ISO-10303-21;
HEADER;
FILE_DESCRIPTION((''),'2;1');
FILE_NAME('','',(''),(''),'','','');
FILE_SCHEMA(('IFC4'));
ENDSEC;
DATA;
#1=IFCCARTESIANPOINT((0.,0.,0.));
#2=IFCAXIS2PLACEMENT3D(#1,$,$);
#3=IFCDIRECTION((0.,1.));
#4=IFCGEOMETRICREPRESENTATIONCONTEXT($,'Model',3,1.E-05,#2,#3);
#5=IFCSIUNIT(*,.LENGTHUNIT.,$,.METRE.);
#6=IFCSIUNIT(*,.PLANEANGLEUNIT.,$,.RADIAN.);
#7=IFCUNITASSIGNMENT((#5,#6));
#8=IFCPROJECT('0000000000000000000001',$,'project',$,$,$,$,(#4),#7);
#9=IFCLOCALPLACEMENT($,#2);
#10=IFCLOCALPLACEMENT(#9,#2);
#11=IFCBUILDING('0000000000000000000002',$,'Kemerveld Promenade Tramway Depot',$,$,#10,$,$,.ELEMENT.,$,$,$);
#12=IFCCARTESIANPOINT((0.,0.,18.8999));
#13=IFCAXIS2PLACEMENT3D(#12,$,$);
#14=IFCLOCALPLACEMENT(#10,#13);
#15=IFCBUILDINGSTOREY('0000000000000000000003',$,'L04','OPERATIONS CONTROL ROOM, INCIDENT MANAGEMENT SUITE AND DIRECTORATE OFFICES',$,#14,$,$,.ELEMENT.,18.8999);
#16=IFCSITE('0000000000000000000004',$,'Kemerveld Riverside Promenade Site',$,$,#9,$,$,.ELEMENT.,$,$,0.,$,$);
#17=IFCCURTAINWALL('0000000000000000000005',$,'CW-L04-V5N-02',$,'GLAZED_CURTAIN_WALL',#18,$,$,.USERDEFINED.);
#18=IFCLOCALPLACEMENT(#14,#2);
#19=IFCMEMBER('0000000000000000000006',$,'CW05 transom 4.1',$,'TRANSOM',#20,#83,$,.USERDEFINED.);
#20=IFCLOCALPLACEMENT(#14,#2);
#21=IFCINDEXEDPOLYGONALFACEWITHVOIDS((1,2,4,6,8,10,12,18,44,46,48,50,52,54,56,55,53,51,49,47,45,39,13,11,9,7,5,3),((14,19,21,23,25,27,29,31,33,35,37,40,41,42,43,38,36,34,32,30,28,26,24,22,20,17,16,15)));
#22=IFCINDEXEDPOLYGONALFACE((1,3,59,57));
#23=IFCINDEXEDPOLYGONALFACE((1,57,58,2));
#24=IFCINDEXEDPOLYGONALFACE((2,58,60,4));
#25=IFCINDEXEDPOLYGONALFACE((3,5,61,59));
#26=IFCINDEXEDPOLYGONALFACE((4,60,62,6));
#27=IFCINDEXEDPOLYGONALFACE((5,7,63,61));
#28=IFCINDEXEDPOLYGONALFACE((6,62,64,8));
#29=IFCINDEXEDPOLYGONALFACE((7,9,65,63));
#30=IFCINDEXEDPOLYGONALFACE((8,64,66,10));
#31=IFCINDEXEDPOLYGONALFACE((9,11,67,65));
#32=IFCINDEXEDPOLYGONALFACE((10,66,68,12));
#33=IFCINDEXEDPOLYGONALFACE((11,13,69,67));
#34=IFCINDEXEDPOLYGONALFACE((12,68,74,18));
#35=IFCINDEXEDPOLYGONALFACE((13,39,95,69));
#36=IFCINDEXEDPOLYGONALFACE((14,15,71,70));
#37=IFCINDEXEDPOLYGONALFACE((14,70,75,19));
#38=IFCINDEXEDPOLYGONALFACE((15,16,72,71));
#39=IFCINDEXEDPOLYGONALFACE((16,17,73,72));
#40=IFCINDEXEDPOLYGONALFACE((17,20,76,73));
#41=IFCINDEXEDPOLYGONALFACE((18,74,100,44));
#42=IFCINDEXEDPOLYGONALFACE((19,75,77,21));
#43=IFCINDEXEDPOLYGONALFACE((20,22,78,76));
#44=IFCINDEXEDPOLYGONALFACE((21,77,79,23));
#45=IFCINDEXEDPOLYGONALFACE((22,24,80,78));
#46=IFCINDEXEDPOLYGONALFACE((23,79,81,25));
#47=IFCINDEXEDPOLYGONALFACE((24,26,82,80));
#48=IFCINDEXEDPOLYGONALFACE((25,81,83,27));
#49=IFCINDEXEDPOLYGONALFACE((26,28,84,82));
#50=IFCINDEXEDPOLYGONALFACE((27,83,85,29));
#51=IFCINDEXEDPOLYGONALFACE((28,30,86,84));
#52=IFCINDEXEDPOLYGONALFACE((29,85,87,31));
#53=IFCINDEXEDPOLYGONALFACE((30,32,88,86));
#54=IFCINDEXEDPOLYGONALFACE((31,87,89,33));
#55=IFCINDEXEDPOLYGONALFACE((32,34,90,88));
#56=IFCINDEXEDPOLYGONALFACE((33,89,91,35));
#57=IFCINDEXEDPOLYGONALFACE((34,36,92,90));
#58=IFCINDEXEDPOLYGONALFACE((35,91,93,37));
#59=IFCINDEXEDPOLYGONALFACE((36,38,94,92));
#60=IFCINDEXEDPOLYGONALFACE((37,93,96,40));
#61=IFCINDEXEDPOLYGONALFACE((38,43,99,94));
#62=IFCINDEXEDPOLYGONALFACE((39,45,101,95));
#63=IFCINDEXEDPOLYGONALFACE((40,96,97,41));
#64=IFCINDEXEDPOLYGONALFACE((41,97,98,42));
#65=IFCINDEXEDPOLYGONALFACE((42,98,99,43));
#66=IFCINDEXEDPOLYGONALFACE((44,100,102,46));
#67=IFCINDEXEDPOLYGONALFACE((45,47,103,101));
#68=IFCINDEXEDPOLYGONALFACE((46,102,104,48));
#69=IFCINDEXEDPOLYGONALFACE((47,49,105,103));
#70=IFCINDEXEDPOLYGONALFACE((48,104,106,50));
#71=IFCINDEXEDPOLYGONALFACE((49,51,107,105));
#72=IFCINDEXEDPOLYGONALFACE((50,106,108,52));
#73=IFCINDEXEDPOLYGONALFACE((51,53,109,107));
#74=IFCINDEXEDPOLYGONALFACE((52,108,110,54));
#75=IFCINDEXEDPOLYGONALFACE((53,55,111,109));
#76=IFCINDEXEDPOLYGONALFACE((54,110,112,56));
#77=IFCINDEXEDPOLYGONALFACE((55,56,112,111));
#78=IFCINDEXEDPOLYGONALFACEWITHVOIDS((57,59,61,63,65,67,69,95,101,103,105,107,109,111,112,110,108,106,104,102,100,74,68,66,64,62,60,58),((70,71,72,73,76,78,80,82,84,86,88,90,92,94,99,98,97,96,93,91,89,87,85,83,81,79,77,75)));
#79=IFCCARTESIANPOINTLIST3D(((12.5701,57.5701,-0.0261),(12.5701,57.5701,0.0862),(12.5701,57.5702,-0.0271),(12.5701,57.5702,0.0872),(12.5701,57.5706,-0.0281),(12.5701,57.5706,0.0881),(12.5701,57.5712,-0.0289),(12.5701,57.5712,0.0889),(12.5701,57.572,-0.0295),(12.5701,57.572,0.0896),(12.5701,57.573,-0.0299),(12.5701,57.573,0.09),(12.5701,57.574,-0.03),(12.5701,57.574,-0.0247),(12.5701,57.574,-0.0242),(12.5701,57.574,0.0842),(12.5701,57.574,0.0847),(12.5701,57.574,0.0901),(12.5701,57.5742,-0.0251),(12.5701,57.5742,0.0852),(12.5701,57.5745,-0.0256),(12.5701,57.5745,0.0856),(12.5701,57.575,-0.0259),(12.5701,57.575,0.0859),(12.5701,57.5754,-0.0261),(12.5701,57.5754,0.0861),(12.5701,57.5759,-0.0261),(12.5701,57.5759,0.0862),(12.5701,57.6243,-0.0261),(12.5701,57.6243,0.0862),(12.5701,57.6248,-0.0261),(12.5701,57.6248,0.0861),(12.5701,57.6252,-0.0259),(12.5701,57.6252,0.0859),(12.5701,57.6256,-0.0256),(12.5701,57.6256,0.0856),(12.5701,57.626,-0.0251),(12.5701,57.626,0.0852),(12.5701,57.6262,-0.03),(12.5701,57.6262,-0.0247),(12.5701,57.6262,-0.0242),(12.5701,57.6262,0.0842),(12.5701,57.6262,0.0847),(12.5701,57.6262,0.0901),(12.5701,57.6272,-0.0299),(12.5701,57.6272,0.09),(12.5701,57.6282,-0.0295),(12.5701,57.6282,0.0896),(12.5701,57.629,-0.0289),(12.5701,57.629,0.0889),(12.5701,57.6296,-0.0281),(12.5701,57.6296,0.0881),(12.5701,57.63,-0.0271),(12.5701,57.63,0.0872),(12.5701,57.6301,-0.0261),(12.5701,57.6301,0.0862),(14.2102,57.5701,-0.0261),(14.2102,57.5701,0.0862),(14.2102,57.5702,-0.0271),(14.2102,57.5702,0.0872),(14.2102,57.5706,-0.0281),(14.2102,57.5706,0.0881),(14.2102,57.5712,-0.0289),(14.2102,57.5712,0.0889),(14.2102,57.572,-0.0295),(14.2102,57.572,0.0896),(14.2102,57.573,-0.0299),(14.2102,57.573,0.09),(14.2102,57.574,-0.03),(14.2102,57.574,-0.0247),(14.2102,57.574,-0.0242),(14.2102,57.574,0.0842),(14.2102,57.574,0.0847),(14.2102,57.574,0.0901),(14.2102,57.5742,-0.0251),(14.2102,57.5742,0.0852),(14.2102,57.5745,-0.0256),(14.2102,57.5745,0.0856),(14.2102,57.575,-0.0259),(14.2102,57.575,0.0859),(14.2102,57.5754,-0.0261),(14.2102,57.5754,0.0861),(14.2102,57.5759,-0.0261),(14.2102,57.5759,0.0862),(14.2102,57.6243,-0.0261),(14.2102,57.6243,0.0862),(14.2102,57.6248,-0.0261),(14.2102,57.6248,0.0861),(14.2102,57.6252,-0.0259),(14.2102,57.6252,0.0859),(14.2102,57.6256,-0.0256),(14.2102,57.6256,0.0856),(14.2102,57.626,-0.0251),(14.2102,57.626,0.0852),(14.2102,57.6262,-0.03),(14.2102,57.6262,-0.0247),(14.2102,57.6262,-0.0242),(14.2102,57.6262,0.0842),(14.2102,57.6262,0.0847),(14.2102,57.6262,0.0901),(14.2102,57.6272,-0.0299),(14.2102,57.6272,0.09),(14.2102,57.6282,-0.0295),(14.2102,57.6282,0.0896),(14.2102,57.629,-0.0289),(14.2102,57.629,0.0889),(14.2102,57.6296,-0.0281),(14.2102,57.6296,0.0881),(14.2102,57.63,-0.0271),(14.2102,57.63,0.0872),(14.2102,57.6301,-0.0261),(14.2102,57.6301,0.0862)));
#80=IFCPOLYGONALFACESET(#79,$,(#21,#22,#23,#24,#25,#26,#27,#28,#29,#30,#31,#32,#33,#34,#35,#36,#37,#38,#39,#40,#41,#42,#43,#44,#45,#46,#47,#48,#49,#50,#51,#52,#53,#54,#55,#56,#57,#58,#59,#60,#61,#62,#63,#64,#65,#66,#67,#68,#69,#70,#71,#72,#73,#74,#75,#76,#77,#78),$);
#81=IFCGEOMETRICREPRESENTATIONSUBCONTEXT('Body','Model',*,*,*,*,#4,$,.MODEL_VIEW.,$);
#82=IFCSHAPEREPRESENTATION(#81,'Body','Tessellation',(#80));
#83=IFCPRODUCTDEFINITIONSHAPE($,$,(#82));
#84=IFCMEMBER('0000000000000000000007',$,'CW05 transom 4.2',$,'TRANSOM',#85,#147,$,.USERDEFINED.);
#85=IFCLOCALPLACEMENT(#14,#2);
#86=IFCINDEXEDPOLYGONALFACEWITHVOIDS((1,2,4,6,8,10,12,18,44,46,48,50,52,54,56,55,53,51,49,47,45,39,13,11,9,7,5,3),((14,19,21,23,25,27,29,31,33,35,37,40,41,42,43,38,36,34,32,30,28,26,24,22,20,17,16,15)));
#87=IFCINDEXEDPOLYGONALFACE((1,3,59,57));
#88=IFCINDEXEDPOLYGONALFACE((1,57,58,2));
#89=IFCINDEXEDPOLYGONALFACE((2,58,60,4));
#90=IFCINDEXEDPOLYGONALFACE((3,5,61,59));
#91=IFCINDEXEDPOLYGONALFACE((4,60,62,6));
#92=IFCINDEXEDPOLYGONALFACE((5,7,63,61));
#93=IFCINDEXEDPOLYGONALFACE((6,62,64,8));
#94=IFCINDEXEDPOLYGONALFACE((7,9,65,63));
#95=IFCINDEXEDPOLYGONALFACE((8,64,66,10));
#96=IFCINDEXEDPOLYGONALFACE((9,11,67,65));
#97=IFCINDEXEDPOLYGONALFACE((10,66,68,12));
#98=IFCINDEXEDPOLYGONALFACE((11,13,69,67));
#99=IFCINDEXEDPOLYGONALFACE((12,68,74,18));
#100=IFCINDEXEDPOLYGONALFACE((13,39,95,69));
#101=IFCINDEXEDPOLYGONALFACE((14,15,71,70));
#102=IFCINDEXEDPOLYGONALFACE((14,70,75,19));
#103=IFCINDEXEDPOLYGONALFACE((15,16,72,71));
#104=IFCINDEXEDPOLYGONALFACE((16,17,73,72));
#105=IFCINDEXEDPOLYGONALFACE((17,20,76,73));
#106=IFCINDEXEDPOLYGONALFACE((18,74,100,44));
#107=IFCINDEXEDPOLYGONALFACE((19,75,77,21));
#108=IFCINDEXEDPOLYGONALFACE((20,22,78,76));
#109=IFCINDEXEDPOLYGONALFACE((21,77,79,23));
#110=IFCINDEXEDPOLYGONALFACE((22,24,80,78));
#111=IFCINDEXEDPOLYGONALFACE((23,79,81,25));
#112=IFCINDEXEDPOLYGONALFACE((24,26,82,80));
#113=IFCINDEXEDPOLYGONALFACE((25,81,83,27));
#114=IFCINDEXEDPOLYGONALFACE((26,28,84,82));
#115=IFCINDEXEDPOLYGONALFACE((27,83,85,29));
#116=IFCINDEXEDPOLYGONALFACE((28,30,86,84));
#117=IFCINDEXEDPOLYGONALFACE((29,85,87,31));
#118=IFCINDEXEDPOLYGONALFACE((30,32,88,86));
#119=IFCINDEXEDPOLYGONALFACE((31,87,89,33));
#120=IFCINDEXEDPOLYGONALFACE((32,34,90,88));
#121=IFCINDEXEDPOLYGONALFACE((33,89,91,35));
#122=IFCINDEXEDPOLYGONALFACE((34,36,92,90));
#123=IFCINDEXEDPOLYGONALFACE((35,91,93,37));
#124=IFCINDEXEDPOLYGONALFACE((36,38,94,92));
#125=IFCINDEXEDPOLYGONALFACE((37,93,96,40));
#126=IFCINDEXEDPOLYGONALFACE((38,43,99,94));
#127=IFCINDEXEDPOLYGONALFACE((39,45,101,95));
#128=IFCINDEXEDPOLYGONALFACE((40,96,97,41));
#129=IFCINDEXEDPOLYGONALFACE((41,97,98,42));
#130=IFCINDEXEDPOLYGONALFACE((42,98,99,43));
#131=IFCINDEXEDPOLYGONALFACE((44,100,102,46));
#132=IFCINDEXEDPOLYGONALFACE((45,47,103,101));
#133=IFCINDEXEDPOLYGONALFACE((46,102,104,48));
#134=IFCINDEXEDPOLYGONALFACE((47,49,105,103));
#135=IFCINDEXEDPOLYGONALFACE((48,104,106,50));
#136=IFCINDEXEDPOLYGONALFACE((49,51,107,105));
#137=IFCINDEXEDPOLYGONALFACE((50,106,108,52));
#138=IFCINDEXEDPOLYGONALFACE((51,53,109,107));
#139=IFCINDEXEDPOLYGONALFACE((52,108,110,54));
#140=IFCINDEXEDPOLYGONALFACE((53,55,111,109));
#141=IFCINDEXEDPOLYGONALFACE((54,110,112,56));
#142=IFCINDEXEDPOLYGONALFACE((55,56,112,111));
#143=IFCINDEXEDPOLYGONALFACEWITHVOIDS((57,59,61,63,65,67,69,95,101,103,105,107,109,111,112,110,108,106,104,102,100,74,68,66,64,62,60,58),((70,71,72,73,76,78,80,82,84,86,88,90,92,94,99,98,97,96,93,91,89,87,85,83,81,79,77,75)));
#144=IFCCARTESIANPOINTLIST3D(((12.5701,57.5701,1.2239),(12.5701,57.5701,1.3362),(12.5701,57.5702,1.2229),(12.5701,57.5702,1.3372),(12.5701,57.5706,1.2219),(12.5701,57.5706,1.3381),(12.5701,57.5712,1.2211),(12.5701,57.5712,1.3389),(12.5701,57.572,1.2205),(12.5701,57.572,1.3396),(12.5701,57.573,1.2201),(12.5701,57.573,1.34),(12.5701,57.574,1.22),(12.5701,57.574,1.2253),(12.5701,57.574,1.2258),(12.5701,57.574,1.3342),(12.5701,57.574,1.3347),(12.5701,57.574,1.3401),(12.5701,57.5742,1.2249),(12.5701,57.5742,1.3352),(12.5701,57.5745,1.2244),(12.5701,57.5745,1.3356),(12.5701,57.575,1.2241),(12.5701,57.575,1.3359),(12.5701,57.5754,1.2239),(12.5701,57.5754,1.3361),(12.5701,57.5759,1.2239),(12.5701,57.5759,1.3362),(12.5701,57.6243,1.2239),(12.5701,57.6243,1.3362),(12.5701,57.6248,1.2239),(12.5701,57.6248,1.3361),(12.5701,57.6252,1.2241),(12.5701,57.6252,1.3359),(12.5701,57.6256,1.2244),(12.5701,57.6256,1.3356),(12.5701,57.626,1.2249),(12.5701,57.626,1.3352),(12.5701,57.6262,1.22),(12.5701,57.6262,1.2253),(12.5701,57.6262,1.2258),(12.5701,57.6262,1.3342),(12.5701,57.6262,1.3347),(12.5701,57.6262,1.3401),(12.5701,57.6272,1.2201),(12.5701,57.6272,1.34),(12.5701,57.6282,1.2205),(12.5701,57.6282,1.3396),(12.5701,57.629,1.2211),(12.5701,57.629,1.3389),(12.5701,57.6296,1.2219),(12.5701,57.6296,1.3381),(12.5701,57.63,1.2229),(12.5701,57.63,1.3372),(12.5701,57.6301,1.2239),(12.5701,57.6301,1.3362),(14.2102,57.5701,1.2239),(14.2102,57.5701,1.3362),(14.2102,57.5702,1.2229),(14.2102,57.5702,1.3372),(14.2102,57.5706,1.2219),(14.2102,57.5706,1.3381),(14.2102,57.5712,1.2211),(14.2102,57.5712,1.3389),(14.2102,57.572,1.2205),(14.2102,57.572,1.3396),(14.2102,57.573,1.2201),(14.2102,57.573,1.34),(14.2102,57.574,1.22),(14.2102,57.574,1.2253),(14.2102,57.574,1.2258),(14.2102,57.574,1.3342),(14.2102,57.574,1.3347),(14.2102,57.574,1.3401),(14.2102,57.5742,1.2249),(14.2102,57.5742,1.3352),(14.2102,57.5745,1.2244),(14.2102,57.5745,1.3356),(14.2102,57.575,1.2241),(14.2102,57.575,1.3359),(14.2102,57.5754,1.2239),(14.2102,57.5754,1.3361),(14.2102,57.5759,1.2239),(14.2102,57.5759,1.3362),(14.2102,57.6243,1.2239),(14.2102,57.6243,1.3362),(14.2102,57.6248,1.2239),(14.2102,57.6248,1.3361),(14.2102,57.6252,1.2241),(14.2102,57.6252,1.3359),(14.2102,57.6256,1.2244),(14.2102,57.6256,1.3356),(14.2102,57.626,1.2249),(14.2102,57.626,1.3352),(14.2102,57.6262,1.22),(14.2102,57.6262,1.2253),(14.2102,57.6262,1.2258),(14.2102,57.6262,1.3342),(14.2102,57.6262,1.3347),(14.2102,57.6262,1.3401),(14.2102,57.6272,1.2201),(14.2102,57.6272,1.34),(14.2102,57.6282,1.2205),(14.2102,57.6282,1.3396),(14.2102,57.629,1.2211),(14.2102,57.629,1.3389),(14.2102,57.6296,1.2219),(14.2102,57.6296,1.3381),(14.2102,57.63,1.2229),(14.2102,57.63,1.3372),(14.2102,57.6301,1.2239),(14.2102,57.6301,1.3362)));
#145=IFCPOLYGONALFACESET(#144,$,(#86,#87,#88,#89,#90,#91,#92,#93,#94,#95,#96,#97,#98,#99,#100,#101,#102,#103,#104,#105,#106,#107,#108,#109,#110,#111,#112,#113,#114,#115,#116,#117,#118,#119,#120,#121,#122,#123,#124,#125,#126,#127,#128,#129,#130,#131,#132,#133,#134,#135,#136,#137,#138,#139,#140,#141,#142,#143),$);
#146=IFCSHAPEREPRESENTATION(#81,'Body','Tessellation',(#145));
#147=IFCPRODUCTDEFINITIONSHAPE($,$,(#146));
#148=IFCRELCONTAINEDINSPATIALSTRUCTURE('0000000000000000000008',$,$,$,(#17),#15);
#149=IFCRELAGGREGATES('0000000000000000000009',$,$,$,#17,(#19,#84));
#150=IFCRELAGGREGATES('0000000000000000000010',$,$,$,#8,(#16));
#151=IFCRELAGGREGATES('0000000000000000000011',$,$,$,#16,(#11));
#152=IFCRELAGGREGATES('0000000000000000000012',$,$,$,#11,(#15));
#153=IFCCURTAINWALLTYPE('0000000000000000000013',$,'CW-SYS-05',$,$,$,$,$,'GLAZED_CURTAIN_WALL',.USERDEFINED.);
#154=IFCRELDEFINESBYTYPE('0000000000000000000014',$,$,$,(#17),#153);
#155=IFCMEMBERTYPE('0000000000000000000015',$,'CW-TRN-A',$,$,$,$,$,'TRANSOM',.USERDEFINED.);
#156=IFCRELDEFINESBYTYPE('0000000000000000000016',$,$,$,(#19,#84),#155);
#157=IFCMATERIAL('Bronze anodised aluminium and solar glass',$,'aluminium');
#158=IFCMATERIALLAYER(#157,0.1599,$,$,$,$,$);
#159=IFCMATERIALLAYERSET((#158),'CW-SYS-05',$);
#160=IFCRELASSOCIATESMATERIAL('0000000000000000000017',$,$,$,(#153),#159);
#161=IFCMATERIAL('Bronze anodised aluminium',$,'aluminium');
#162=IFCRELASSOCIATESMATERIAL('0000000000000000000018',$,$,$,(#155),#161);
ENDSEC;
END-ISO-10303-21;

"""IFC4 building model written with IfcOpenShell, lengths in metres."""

from ifc_helpers import new_model, si_unit, direction, frame, origin, origin_2d, place, context, subcontext, project, spatial, hollow_rectangle, extrude, material, layer, layer_set, material_profile, profile_set, type_object, element, aggregate, save


model = new_model("IFC4")

# Units and contexts
model_context = context("Model", 3, precision=1e-05, world=origin(), true_north=direction((0.0, 1.0)))
body_context = subcontext(model_context, "Body", "Model", "MODEL_VIEW")
ifc_project = project(units=[si_unit("LENGTHUNIT", "METRE"), si_unit("PLANEANGLEUNIT", "RADIAN")], contexts=[model_context])

# Site, building, storey
site_placement = place(None, origin())
site = spatial("IfcSite", under=ifc_project, at=site_placement, Name="Kemerveld Riverside Promenade Site", CompositionType="ELEMENT", RefElevation=0.0)
building_placement = place(site_placement, origin())
building = spatial("IfcBuilding", under=site, at=building_placement, Name="Kemerveld Promenade Tramway Depot", CompositionType="ELEMENT")
storey_placement = place(building_placement, frame((0.0, 0.0, 18.8999)))
storey = spatial("IfcBuildingStorey", under=building, at=storey_placement, Name="L04", Description="OPERATIONS CONTROL ROOM, INCIDENT MANAGEMENT SUITE AND DIRECTORATE OFFICES", CompositionType="ELEMENT", Elevation=18.8999)

# Curtain wall, members
ifc_material_1 = material(Name="Bronze anodised aluminium and solar glass", Category="aluminium")
ifc_layer_1 = layer(ifc_material_1, 0.1599)
ifc_layer_set_1 = layer_set([ifc_layer_1], Name="CW-SYS-05")
curtain_wall_type = type_object("IfcCurtainWallType", Name="CW-SYS-05", ElementType="GLAZED_CURTAIN_WALL", PredefinedType="USERDEFINED", material=ifc_layer_set_1)
curtain_wall_placement = place(storey_placement, origin())
curtain_wall = element("IfcCurtainWall", 1, at=curtain_wall_placement, inside=storey, type_object=curtain_wall_type, Name="CW-L04-V5N-02", ObjectType="GLAZED_CURTAIN_WALL", PredefinedType="USERDEFINED")
ifc_material_2 = material(Name="Bronze anodised aluminium", Category="aluminium")
ifc_material_profile_1 = material_profile(ifc_material_2, hollow_rectangle(XDim=0.0601, YDim=0.1201, WallThickness=0.0039, InnerFilletRadius=0.002, OuterFilletRadius=0.0039, at=origin_2d()), Name="CW-TRN-120x60")
ifc_profile_set_1 = profile_set([ifc_material_profile_1], Name="Bronze anodised aluminium")
member_type_1 = type_object("IfcMemberType", Name="CW-TRN-A", ElementType="TRANSOM", PredefinedType="USERDEFINED", material=ifc_profile_set_1)
member_1_placement = place(storey_placement, frame((12.5701, 57.6001, 0.03), z_axis=(1.0, 0.0, 0.0), x_axis=(0.0, 1.0, 0.0)))
member_1 = element("IfcMember", 2, at=member_1_placement, type_object=member_type_1, Name="CW05 transom 4.1", ObjectType="TRANSOM", PredefinedType="USERDEFINED", context=body_context, shape_type="SweptSolid", body=[
    extrude(hollow_rectangle(XDim=0.0601, YDim=0.1201, WallThickness=0.0039, InnerFilletRadius=0.002, OuterFilletRadius=0.0039, at=origin_2d()), origin(), (0.0, 0.0, 1.0), 1.6401),
])
member_2_placement = place(storey_placement, frame((12.5701, 57.6001, 1.28), z_axis=(1.0, 0.0, 0.0), x_axis=(0.0, 1.0, 0.0)))
member_2 = element("IfcMember", 3, at=member_2_placement, type_object=member_type_1, Name="CW05 transom 4.2", ObjectType="TRANSOM", PredefinedType="USERDEFINED", context=body_context, shape_type="SweptSolid", body=[
    extrude(hollow_rectangle(XDim=0.0601, YDim=0.1201, WallThickness=0.0039, InnerFilletRadius=0.002, OuterFilletRadius=0.0039, at=origin_2d()), origin(), (0.0, 0.0, 1.0), 1.6401),
])

aggregate(curtain_wall, [member_1, member_2])

save(model, "model.ifc")
